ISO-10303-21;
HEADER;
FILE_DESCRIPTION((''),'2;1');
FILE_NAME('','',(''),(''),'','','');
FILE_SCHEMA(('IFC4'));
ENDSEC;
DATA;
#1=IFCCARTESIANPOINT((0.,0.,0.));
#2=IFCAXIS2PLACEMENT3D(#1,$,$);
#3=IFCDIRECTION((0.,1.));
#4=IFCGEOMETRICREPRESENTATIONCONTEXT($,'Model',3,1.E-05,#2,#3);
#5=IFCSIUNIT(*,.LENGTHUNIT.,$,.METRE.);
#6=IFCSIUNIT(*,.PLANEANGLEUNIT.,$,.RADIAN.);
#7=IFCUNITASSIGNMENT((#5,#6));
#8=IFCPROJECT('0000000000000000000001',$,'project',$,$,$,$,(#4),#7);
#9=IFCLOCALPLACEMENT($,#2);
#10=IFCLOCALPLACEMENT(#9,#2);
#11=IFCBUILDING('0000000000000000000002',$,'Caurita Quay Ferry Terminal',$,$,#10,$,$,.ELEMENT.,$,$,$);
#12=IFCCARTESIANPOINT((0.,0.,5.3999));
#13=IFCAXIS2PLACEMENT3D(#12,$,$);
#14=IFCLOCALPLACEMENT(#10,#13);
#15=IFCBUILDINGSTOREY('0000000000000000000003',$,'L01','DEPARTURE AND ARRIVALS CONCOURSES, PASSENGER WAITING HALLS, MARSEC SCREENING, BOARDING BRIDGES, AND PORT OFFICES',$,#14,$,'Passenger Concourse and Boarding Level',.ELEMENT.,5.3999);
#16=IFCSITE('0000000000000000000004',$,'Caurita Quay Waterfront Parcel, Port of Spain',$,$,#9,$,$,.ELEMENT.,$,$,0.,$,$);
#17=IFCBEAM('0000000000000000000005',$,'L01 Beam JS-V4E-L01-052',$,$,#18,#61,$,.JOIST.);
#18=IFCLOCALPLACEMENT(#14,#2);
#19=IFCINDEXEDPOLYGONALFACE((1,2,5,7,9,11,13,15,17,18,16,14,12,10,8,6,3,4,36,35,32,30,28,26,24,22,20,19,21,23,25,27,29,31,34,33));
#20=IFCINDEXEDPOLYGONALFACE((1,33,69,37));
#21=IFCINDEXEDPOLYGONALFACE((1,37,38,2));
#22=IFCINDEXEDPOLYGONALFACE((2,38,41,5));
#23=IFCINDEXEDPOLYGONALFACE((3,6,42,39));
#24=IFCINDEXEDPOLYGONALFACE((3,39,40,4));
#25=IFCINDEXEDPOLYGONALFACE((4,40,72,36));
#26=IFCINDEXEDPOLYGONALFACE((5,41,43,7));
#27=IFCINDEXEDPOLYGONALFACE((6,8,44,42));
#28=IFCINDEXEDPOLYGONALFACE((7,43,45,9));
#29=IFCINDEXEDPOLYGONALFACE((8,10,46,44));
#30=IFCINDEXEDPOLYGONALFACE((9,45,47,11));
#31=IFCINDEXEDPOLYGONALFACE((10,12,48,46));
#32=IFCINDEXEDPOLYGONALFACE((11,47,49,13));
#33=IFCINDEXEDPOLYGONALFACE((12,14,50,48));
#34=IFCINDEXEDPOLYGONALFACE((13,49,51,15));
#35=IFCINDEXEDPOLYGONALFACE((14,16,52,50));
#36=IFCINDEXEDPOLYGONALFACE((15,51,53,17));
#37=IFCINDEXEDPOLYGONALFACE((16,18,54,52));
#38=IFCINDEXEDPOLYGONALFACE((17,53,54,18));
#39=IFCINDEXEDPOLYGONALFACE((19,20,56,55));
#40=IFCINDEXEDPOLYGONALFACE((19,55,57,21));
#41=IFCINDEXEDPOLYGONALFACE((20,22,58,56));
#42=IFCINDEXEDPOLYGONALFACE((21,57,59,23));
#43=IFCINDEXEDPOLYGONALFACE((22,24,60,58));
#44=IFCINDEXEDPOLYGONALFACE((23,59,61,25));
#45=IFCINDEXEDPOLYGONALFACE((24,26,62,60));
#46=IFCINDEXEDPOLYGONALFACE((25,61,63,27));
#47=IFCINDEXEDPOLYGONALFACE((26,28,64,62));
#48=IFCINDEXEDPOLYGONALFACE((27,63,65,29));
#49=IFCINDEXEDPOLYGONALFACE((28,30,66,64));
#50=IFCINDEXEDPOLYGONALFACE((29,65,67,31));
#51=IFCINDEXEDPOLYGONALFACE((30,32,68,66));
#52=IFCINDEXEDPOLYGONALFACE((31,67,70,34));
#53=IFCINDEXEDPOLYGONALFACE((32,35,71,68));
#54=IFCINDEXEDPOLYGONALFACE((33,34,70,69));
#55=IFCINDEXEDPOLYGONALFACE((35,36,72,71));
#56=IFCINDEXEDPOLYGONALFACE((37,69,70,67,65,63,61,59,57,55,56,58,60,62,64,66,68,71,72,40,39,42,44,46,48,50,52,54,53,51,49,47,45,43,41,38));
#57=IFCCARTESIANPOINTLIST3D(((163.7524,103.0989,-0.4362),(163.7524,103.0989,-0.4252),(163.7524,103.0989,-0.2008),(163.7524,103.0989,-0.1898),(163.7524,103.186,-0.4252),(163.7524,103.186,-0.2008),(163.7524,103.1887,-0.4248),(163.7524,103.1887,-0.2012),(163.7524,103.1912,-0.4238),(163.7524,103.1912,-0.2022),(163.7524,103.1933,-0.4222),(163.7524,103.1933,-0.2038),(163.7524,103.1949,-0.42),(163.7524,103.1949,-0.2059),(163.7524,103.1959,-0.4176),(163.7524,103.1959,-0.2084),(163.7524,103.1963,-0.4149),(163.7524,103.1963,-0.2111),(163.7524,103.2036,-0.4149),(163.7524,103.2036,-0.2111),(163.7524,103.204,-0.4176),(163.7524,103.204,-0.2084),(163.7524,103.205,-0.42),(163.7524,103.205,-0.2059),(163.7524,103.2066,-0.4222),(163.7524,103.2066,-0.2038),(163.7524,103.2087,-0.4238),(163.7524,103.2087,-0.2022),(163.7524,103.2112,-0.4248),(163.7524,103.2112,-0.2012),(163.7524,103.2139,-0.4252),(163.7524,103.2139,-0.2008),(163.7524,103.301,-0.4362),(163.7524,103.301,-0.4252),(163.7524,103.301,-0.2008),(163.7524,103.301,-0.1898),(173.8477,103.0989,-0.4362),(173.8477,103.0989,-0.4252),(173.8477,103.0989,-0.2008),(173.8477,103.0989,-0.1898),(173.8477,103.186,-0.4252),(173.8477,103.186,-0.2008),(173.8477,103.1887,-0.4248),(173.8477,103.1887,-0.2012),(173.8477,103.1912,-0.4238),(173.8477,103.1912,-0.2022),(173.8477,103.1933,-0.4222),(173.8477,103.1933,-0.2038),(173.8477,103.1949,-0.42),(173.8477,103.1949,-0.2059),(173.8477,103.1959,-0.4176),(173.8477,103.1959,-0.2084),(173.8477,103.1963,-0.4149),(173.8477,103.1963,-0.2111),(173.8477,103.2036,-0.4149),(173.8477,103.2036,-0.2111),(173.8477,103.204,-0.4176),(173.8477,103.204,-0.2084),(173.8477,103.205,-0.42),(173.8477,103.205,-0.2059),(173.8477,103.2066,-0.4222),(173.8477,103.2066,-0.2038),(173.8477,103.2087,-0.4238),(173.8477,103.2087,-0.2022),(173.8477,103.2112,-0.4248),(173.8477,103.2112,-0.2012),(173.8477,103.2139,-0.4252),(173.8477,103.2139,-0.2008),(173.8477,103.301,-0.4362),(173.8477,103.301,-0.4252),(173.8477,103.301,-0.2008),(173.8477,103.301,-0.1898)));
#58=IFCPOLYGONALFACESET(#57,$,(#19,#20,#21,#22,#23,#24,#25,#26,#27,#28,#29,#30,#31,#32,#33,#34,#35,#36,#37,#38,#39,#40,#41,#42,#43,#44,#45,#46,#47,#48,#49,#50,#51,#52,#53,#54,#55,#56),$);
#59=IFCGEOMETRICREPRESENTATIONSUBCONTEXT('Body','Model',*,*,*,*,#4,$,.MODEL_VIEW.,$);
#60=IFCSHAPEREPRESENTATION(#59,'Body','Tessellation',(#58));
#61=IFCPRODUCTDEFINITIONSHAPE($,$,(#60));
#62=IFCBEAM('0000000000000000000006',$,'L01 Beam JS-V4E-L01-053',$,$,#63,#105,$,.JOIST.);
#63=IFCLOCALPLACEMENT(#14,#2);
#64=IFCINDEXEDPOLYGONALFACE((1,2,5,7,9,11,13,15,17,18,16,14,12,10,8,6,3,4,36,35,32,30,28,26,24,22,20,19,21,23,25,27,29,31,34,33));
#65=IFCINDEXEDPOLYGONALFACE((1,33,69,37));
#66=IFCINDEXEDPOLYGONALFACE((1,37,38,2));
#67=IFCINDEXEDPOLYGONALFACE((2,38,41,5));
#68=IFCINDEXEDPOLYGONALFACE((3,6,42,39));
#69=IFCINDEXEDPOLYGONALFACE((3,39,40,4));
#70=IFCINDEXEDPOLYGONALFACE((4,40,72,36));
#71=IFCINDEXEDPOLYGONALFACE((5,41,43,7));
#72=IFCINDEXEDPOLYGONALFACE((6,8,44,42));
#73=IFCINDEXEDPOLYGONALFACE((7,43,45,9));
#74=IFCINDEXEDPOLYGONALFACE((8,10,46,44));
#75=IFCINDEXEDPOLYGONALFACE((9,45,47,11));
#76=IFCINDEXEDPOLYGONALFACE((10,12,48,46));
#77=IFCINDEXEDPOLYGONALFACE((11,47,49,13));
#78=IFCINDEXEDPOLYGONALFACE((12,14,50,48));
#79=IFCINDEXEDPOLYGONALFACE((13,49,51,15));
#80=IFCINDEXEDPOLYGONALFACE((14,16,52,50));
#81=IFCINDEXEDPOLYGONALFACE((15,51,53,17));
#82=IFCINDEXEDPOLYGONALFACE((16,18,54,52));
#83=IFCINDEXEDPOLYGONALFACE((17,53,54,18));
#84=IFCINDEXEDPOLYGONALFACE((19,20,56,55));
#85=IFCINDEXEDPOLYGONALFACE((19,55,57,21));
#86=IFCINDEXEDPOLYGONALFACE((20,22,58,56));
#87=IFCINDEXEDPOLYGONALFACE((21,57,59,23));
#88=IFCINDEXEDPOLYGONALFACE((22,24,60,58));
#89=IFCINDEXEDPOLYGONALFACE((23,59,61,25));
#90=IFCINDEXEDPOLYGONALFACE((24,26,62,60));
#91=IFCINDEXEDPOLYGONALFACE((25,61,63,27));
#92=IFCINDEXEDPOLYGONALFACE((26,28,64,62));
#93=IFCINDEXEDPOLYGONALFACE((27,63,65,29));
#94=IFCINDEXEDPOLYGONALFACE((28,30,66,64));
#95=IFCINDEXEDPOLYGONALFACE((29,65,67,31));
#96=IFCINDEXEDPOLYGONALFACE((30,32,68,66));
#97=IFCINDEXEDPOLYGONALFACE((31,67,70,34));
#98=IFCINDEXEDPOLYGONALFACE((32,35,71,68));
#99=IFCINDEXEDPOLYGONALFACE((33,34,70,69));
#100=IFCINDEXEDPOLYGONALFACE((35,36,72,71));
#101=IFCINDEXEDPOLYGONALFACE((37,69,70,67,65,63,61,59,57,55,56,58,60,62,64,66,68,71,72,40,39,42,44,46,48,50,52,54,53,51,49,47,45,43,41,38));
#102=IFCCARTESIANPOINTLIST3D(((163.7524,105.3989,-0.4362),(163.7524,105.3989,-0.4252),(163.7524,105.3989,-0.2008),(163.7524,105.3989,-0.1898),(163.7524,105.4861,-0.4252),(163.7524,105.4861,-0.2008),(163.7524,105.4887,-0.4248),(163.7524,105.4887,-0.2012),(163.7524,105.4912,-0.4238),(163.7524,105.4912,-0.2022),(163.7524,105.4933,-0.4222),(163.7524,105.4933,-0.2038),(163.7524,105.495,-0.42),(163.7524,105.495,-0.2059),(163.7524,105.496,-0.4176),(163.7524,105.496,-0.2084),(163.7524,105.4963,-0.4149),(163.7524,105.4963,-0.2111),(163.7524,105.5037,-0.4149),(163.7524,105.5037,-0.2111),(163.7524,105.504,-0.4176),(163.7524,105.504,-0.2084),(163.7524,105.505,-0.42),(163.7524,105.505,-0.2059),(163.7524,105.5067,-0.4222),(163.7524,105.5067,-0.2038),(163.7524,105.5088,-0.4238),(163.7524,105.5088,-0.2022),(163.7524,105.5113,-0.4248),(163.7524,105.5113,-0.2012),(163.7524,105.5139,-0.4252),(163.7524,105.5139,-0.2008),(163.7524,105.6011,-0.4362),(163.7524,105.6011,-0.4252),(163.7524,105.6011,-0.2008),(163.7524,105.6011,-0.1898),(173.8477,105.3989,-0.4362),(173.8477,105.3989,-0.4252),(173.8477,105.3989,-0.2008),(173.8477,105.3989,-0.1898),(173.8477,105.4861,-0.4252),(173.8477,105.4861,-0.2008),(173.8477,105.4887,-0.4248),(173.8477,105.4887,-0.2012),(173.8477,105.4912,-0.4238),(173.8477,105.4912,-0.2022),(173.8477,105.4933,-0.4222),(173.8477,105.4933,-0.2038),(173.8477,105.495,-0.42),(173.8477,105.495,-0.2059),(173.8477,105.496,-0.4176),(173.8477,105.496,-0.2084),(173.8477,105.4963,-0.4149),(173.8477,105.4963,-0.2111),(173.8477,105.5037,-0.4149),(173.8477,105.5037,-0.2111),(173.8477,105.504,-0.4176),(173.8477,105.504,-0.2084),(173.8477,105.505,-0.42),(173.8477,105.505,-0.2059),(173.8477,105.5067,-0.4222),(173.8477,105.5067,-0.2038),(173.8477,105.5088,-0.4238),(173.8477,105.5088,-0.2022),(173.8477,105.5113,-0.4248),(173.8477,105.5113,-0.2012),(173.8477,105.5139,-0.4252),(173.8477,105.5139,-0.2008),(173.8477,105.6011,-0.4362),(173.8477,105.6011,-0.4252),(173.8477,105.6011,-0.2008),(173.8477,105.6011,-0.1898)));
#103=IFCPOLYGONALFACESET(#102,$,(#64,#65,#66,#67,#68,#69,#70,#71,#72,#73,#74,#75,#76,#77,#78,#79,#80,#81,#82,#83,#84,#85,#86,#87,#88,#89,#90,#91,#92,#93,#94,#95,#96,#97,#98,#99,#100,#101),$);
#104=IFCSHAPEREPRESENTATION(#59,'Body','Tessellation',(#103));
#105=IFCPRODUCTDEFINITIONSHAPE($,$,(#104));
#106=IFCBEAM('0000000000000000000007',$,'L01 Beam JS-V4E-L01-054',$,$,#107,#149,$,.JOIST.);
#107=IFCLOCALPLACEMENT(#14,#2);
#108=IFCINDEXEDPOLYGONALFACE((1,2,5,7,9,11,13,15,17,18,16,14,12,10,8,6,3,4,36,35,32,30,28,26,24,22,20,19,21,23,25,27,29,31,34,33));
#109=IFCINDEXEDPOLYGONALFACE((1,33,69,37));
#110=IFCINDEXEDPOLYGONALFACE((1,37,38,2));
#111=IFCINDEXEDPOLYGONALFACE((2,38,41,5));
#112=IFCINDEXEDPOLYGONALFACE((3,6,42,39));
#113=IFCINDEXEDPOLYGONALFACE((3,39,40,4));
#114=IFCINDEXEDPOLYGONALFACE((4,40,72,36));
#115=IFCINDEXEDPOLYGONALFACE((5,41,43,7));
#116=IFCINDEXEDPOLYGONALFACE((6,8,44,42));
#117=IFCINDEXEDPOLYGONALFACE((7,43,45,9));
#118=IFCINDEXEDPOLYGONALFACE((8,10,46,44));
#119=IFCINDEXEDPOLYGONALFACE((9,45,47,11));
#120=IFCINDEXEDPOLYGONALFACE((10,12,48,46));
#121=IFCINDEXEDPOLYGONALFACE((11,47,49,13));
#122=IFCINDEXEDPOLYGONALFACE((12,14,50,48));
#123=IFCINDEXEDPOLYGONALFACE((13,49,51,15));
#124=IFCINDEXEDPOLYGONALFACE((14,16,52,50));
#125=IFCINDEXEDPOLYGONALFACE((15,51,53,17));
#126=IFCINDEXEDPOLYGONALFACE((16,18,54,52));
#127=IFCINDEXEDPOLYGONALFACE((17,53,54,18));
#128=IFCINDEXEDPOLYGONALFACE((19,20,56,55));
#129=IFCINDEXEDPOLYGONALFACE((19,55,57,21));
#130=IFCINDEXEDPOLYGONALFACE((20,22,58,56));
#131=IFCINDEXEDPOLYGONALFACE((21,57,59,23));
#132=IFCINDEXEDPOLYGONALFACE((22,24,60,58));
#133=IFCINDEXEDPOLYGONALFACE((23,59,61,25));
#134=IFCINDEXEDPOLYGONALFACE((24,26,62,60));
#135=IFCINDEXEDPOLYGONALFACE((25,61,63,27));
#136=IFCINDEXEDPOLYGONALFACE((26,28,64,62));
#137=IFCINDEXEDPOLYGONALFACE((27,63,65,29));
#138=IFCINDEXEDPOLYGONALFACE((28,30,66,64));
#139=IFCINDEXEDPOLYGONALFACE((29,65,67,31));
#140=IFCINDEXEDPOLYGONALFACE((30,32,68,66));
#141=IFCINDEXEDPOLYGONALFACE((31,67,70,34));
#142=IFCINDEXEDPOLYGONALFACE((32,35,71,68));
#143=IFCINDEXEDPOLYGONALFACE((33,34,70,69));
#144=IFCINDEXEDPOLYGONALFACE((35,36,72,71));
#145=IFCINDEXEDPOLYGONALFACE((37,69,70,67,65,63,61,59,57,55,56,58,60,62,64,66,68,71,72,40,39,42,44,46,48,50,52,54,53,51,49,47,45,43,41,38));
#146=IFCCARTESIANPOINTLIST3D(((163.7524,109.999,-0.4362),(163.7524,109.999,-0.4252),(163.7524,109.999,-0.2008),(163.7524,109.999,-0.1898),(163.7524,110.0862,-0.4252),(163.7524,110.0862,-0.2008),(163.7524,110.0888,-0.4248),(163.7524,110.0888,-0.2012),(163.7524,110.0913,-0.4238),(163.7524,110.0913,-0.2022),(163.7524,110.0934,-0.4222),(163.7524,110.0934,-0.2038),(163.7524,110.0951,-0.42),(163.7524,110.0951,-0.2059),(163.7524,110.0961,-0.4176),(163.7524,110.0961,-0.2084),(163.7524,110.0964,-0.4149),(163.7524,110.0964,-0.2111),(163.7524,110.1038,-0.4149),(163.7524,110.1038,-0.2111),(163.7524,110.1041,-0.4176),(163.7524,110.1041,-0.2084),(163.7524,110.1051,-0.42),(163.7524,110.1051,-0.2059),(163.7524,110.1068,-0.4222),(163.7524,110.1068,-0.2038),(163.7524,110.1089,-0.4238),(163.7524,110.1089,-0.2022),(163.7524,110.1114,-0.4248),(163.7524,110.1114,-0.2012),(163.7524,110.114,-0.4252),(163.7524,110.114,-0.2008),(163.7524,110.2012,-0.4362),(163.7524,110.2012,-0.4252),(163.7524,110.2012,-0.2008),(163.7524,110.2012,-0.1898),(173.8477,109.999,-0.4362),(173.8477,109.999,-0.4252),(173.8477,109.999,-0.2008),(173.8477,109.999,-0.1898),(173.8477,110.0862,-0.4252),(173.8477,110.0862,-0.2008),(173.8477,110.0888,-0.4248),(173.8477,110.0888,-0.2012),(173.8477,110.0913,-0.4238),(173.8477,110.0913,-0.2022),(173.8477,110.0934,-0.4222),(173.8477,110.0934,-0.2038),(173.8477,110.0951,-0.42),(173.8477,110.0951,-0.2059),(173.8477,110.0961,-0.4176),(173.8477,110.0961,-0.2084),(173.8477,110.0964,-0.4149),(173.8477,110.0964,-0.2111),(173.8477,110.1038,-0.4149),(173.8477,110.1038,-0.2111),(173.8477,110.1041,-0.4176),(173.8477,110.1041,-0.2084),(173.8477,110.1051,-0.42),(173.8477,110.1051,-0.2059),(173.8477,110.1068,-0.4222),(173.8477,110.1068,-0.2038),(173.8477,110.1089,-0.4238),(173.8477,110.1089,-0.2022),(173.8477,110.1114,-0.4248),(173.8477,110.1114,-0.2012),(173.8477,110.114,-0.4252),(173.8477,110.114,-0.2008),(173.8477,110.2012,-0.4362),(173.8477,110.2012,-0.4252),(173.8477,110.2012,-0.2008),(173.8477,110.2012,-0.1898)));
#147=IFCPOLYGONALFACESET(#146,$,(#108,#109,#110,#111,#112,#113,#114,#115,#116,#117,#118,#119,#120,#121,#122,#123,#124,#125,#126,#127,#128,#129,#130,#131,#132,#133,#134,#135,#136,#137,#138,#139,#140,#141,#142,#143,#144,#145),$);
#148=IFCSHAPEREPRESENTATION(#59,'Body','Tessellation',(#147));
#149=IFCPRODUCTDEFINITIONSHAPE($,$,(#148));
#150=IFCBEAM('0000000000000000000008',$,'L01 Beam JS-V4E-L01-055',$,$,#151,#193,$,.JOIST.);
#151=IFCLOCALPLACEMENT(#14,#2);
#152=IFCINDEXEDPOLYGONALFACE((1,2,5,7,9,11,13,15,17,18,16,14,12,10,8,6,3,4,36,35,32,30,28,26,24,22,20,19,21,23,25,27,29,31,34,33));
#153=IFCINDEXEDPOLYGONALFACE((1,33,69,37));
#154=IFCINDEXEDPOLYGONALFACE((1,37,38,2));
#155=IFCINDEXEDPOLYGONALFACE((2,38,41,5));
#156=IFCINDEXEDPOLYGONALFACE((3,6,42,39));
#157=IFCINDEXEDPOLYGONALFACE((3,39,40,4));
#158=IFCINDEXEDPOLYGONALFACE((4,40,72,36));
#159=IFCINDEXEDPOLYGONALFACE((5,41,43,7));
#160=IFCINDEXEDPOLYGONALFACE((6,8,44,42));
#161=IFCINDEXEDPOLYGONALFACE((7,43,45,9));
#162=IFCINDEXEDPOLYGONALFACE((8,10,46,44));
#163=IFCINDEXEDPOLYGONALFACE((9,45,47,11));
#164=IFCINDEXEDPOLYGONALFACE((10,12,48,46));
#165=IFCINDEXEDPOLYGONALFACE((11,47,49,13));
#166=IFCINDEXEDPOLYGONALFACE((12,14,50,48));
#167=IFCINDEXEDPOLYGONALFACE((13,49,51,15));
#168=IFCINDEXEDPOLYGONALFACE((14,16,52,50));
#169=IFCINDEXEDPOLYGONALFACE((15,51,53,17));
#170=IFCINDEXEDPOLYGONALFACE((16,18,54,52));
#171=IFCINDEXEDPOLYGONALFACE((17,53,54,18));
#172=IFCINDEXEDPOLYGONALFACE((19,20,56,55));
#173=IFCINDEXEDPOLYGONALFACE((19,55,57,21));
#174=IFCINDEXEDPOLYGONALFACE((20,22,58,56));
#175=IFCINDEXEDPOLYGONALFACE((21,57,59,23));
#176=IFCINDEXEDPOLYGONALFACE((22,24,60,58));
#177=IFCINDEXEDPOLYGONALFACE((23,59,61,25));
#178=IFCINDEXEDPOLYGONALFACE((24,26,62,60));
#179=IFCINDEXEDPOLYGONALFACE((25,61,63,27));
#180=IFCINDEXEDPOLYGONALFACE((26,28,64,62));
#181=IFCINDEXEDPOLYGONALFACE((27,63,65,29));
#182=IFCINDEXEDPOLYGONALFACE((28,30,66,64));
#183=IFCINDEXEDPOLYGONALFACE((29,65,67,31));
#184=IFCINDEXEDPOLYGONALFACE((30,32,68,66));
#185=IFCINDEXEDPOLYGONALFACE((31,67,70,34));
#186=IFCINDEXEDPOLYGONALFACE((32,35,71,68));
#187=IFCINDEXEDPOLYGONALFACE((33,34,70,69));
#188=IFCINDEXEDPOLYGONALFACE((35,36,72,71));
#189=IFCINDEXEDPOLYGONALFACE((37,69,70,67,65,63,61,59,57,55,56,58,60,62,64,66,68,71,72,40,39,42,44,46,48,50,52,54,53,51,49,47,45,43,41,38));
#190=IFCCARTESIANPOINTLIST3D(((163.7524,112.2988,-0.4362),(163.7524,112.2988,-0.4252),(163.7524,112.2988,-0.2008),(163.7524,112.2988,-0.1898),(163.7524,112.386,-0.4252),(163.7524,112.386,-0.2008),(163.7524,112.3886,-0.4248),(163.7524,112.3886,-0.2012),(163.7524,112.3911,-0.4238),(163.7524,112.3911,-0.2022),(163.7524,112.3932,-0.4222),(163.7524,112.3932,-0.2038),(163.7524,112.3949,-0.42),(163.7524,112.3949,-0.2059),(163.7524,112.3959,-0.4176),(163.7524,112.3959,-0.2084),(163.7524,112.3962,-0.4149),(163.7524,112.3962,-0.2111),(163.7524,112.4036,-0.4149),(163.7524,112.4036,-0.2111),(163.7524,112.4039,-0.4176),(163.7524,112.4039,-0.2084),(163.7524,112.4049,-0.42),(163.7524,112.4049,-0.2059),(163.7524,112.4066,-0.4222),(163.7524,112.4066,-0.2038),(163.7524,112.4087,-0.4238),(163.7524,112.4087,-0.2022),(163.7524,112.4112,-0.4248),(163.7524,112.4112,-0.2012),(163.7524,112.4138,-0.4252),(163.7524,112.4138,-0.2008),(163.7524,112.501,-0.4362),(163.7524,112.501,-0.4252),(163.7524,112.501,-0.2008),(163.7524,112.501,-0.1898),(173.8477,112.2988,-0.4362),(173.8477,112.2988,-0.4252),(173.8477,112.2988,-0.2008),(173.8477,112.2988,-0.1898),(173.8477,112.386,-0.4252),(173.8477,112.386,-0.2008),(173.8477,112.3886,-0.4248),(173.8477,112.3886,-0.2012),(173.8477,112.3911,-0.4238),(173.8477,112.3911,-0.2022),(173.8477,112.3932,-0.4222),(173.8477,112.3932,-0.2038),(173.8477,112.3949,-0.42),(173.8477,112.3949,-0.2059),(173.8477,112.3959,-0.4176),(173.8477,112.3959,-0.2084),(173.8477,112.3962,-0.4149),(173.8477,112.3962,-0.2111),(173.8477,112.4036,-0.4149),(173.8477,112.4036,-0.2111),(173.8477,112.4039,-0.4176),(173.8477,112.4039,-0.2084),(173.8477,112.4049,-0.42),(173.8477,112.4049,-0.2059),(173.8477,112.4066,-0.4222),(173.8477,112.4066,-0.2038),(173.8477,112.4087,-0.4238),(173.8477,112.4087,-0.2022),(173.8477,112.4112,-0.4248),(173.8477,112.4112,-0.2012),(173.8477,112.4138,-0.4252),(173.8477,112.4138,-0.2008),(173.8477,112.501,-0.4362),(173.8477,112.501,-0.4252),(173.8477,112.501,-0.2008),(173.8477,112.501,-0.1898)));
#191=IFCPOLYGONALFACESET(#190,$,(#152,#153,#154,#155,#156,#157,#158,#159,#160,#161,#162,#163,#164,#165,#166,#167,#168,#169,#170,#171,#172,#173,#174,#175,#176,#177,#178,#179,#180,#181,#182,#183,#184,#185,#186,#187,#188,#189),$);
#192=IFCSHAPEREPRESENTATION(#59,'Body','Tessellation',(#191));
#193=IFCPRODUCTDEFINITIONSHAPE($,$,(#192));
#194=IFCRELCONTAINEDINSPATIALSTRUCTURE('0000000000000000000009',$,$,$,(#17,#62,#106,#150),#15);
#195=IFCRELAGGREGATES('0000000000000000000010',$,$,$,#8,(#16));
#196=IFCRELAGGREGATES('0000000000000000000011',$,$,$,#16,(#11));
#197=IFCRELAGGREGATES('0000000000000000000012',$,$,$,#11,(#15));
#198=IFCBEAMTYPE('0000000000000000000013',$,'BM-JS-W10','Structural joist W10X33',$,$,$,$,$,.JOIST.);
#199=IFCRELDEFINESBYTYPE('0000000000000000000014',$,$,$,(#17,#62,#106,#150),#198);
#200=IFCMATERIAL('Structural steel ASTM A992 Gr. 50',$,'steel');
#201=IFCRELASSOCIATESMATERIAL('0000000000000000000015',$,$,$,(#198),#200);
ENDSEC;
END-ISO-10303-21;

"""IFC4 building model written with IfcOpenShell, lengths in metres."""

from ifc_helpers import new_model, si_unit, direction, frame, origin, origin_2d, place, context, subcontext, project, spatial, i_section, extrude, material, material_profile, profile_set, type_object, element, save


model = new_model("IFC4")

# Units and contexts
model_context = context("Model", 3, precision=1e-05, world=origin(), true_north=direction((0.0, 1.0)))
body_context = subcontext(model_context, "Body", "Model", "MODEL_VIEW")
ifc_project = project(units=[si_unit("LENGTHUNIT", "METRE"), si_unit("PLANEANGLEUNIT", "RADIAN")], contexts=[model_context])

# Site, building, storey
site_placement = place(None, origin())
site = spatial("IfcSite", under=ifc_project, at=site_placement, Name="Caurita Quay Waterfront Parcel, Port of Spain", CompositionType="ELEMENT", RefElevation=0.0)
building_placement = place(site_placement, origin())
building = spatial("IfcBuilding", under=site, at=building_placement, Name="Caurita Quay Ferry Terminal", CompositionType="ELEMENT")
storey_placement = place(building_placement, frame((0.0, 0.0, 5.3999)))
storey = spatial("IfcBuildingStorey", under=building, at=storey_placement, Name="L01", Description="DEPARTURE AND ARRIVALS CONCOURSES, PASSENGER WAITING HALLS, MARSEC SCREENING, BOARDING BRIDGES, AND PORT OFFICES", LongName="Passenger Concourse and Boarding Level", CompositionType="ELEMENT", Elevation=5.3999)

# Beams
ifc_material_1 = material(Name="Structural steel ASTM A992 Gr. 50", Category="steel")
ifc_material_profile_1 = material_profile(ifc_material_1, i_section(OverallWidth=0.2021, OverallDepth=0.2463, WebThickness=0.0073, FlangeThickness=0.011, FilletRadius=0.0103, at=origin_2d()), Name="W10X33")
ifc_profile_set_1 = profile_set([ifc_material_profile_1], Name="Structural steel ASTM A992 Gr. 50")
beam_type_1 = type_object("IfcBeamType", Name="BM-JS-W10", Description="Structural joist W10X33", PredefinedType="JOIST", material=ifc_profile_set_1)
for number, where, z_axis, x_axis, name in (
    (1, (163.7524, 103.2, -0.313), (1.0, 0.0, 0.0), (0.0, 1.0, 0.0), "L01 Beam JS-V4E-L01-052"),
    (2, (163.7524, 105.5, -0.313), (1.0, 0.0, 0.0), (0.0, 1.0, 0.0), "L01 Beam JS-V4E-L01-053"),
    (3, (163.7524, 110.1001, -0.313), (1.0, 0.0, 0.0), (0.0, 1.0, 0.0), "L01 Beam JS-V4E-L01-054"),
    (4, (163.7524, 112.3999, -0.313), (1.0, 0.0, 0.0), (0.0, 1.0, 0.0), "L01 Beam JS-V4E-L01-055"),
):
    element("IfcBeam", number, at=place(storey_placement, frame(where, z_axis=z_axis, x_axis=x_axis)), inside=storey, type_object=beam_type_1, Name=name, PredefinedType="JOIST", context=body_context, shape_type="SweptSolid", body=[
        extrude(i_section(OverallWidth=0.2021, OverallDepth=0.2463, WebThickness=0.0073, FlangeThickness=0.011, FilletRadius=0.0103, at=origin_2d()), origin(), (0.0, 0.0, 1.0), 10.0952),
    ])

save(model, "model.ifc")
